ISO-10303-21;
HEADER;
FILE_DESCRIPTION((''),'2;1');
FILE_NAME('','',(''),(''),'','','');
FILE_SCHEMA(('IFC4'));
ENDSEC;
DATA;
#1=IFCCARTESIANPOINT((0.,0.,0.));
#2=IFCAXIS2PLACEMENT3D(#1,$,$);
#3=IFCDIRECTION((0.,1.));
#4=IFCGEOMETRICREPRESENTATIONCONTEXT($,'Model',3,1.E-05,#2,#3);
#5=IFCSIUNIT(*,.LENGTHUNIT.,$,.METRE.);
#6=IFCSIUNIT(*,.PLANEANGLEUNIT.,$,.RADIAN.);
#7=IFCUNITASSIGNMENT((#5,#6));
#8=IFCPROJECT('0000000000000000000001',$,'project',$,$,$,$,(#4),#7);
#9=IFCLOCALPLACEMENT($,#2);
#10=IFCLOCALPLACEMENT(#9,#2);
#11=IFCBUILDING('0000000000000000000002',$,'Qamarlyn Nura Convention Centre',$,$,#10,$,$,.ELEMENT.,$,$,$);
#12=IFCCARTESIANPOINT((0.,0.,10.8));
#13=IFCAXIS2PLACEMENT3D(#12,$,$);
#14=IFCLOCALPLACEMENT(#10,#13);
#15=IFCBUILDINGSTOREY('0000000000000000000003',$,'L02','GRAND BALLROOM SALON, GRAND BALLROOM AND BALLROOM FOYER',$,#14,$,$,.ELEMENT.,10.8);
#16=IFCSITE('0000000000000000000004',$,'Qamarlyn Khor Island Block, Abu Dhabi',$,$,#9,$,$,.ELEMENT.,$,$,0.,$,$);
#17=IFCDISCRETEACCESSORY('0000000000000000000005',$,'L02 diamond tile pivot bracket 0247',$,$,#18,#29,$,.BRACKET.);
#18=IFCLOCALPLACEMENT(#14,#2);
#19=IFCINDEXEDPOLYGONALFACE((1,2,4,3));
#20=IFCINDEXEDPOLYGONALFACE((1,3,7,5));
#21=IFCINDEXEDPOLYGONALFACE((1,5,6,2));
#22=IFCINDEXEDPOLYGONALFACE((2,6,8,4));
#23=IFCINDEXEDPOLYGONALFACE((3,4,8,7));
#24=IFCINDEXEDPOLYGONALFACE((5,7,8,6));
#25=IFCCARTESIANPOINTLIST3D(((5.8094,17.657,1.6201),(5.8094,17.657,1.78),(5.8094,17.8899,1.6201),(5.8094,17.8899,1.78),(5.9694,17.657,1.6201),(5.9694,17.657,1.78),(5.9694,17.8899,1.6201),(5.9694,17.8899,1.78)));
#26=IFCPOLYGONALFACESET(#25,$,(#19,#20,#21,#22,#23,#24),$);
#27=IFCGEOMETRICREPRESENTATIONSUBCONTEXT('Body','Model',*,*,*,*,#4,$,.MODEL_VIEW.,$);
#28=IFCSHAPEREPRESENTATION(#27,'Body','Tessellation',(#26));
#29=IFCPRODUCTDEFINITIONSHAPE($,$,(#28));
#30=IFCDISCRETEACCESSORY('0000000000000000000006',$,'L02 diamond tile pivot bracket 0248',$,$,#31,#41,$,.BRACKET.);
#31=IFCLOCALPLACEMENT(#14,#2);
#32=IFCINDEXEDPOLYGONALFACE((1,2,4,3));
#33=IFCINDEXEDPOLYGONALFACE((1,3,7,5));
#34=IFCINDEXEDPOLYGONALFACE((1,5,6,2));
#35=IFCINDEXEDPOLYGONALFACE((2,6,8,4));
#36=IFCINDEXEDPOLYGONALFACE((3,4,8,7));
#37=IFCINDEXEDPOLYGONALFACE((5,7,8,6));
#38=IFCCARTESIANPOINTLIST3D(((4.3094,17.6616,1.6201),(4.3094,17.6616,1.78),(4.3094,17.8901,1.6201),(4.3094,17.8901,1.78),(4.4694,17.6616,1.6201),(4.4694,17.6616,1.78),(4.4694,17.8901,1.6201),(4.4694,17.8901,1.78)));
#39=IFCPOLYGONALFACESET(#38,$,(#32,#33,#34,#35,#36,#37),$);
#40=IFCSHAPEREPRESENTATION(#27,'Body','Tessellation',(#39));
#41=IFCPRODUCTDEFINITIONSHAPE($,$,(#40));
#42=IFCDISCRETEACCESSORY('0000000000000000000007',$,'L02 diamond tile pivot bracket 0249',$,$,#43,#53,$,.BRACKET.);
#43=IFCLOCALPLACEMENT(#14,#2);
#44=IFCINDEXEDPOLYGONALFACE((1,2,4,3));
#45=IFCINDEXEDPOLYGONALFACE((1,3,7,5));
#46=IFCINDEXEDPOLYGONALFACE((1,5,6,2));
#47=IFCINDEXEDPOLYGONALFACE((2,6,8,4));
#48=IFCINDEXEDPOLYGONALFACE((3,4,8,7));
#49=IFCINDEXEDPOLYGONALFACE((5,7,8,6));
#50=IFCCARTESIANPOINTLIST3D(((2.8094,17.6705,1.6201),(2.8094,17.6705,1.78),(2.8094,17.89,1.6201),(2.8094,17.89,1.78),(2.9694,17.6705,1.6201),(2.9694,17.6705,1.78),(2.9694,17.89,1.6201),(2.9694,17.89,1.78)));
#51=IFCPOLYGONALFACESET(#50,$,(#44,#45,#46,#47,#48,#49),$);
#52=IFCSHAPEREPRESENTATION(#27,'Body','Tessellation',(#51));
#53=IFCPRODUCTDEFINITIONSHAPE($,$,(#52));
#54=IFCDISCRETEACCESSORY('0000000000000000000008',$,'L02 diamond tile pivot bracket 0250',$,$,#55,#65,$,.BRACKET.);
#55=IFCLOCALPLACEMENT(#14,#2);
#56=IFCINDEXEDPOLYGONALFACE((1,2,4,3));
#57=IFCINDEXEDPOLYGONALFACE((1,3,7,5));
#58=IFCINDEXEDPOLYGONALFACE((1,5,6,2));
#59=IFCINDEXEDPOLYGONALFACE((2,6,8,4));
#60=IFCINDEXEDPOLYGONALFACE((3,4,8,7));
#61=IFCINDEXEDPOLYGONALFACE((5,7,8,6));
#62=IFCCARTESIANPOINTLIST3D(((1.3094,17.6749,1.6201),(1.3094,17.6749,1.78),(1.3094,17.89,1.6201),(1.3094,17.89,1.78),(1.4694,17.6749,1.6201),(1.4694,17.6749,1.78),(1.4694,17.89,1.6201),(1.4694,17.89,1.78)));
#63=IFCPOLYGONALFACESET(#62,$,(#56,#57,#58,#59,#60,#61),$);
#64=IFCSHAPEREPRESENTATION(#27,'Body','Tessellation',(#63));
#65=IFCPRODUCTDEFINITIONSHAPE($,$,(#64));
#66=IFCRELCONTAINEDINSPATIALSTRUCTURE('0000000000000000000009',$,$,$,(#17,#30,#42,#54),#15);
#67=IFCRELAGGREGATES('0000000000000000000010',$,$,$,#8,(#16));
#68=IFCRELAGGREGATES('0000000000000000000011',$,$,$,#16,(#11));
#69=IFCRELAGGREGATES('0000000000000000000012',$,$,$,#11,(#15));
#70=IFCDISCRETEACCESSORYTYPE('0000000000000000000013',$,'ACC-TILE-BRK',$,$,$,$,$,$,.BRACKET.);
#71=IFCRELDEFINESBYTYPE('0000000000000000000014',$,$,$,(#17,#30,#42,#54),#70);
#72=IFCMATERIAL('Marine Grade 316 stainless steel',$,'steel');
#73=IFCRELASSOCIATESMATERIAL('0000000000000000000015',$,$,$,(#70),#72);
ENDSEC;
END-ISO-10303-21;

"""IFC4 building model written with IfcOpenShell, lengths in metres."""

from ifc_helpers import new_model, si_unit, direction, frame, origin, origin_2d, place, context, subcontext, project, spatial, rectangle, extrude, material, type_object, element, save


model = new_model("IFC4")

# Units and contexts
model_context = context("Model", 3, precision=1e-05, world=origin(), true_north=direction((0.0, 1.0)))
body_context = subcontext(model_context, "Body", "Model", "MODEL_VIEW")
ifc_project = project(units=[si_unit("LENGTHUNIT", "METRE"), si_unit("PLANEANGLEUNIT", "RADIAN")], contexts=[model_context])

# Site, building, storey
site_placement = place(None, origin())
site = spatial("IfcSite", under=ifc_project, at=site_placement, Name="Qamarlyn Khor Island Block, Abu Dhabi", CompositionType="ELEMENT", RefElevation=0.0)
building_placement = place(site_placement, origin())
building = spatial("IfcBuilding", under=site, at=building_placement, Name="Qamarlyn Nura Convention Centre", CompositionType="ELEMENT")
storey_placement = place(building_placement, frame((0.0, 0.0, 10.8)))
storey = spatial("IfcBuildingStorey", under=building, at=storey_placement, Name="L02", Description="GRAND BALLROOM SALON, GRAND BALLROOM AND BALLROOM FOYER", CompositionType="ELEMENT", Elevation=10.8)

# Discrete accessories
ifc_material_1 = material(Name="Marine Grade 316 stainless steel", Category="steel")
discrete_accessory_type_1 = type_object("IfcDiscreteAccessoryType", Name="ACC-TILE-BRK", PredefinedType="BRACKET", material=ifc_material_1)
for number, where, z_axis, x_axis, name in (
    (1, (5.8894, 17.7734, 1.6201), (0.0, 0.0, 1.0), (0.0, -1.0, 0.0), "L02 diamond tile pivot bracket 0247"),
):
    element("IfcDiscreteAccessory", number, at=place(storey_placement, frame(where, z_axis=z_axis, x_axis=x_axis)), inside=storey, type_object=discrete_accessory_type_1, Name=name, PredefinedType="BRACKET", context=body_context, shape_type="SweptSolid", body=[
        extrude(rectangle(XDim=0.2329, YDim=0.1599, at=origin_2d()), origin(), (0.0, 0.0, 1.0), 0.1599),
    ])
discrete_accessory_1_placement = place(storey_placement, frame((4.3894, 17.7759, 1.6201), z_axis=(0.0, 0.0, 1.0), x_axis=(0.0, -1.0, 0.0)))
element("IfcDiscreteAccessory", 2, at=discrete_accessory_1_placement, inside=storey, type_object=discrete_accessory_type_1, Name="L02 diamond tile pivot bracket 0248", PredefinedType="BRACKET", context=body_context, shape_type="SweptSolid", body=[
    extrude(rectangle(XDim=0.2285, YDim=0.1599, at=origin_2d()), origin(), (0.0, 0.0, 1.0), 0.1599),
])
discrete_accessory_2_placement = place(storey_placement, frame((2.8894, 17.7803, 1.6201), z_axis=(0.0, 0.0, 1.0), x_axis=(0.0, -1.0, 0.0)))
element("IfcDiscreteAccessory", 3, at=discrete_accessory_2_placement, inside=storey, type_object=discrete_accessory_type_1, Name="L02 diamond tile pivot bracket 0249", PredefinedType="BRACKET", context=body_context, shape_type="SweptSolid", body=[
    extrude(rectangle(XDim=0.2195, YDim=0.1599, at=origin_2d()), origin(), (0.0, 0.0, 1.0), 0.1599),
])
discrete_accessory_3_placement = place(storey_placement, frame((1.3894, 17.7825, 1.6201), z_axis=(0.0, 0.0, 1.0), x_axis=(0.0, -1.0, 0.0)))
element("IfcDiscreteAccessory", 4, at=discrete_accessory_3_placement, inside=storey, type_object=discrete_accessory_type_1, Name="L02 diamond tile pivot bracket 0250", PredefinedType="BRACKET", context=body_context, shape_type="SweptSolid", body=[
    extrude(rectangle(XDim=0.2151, YDim=0.1599, at=origin_2d()), origin(), (0.0, 0.0, 1.0), 0.1599),
])

save(model, "model.ifc")
